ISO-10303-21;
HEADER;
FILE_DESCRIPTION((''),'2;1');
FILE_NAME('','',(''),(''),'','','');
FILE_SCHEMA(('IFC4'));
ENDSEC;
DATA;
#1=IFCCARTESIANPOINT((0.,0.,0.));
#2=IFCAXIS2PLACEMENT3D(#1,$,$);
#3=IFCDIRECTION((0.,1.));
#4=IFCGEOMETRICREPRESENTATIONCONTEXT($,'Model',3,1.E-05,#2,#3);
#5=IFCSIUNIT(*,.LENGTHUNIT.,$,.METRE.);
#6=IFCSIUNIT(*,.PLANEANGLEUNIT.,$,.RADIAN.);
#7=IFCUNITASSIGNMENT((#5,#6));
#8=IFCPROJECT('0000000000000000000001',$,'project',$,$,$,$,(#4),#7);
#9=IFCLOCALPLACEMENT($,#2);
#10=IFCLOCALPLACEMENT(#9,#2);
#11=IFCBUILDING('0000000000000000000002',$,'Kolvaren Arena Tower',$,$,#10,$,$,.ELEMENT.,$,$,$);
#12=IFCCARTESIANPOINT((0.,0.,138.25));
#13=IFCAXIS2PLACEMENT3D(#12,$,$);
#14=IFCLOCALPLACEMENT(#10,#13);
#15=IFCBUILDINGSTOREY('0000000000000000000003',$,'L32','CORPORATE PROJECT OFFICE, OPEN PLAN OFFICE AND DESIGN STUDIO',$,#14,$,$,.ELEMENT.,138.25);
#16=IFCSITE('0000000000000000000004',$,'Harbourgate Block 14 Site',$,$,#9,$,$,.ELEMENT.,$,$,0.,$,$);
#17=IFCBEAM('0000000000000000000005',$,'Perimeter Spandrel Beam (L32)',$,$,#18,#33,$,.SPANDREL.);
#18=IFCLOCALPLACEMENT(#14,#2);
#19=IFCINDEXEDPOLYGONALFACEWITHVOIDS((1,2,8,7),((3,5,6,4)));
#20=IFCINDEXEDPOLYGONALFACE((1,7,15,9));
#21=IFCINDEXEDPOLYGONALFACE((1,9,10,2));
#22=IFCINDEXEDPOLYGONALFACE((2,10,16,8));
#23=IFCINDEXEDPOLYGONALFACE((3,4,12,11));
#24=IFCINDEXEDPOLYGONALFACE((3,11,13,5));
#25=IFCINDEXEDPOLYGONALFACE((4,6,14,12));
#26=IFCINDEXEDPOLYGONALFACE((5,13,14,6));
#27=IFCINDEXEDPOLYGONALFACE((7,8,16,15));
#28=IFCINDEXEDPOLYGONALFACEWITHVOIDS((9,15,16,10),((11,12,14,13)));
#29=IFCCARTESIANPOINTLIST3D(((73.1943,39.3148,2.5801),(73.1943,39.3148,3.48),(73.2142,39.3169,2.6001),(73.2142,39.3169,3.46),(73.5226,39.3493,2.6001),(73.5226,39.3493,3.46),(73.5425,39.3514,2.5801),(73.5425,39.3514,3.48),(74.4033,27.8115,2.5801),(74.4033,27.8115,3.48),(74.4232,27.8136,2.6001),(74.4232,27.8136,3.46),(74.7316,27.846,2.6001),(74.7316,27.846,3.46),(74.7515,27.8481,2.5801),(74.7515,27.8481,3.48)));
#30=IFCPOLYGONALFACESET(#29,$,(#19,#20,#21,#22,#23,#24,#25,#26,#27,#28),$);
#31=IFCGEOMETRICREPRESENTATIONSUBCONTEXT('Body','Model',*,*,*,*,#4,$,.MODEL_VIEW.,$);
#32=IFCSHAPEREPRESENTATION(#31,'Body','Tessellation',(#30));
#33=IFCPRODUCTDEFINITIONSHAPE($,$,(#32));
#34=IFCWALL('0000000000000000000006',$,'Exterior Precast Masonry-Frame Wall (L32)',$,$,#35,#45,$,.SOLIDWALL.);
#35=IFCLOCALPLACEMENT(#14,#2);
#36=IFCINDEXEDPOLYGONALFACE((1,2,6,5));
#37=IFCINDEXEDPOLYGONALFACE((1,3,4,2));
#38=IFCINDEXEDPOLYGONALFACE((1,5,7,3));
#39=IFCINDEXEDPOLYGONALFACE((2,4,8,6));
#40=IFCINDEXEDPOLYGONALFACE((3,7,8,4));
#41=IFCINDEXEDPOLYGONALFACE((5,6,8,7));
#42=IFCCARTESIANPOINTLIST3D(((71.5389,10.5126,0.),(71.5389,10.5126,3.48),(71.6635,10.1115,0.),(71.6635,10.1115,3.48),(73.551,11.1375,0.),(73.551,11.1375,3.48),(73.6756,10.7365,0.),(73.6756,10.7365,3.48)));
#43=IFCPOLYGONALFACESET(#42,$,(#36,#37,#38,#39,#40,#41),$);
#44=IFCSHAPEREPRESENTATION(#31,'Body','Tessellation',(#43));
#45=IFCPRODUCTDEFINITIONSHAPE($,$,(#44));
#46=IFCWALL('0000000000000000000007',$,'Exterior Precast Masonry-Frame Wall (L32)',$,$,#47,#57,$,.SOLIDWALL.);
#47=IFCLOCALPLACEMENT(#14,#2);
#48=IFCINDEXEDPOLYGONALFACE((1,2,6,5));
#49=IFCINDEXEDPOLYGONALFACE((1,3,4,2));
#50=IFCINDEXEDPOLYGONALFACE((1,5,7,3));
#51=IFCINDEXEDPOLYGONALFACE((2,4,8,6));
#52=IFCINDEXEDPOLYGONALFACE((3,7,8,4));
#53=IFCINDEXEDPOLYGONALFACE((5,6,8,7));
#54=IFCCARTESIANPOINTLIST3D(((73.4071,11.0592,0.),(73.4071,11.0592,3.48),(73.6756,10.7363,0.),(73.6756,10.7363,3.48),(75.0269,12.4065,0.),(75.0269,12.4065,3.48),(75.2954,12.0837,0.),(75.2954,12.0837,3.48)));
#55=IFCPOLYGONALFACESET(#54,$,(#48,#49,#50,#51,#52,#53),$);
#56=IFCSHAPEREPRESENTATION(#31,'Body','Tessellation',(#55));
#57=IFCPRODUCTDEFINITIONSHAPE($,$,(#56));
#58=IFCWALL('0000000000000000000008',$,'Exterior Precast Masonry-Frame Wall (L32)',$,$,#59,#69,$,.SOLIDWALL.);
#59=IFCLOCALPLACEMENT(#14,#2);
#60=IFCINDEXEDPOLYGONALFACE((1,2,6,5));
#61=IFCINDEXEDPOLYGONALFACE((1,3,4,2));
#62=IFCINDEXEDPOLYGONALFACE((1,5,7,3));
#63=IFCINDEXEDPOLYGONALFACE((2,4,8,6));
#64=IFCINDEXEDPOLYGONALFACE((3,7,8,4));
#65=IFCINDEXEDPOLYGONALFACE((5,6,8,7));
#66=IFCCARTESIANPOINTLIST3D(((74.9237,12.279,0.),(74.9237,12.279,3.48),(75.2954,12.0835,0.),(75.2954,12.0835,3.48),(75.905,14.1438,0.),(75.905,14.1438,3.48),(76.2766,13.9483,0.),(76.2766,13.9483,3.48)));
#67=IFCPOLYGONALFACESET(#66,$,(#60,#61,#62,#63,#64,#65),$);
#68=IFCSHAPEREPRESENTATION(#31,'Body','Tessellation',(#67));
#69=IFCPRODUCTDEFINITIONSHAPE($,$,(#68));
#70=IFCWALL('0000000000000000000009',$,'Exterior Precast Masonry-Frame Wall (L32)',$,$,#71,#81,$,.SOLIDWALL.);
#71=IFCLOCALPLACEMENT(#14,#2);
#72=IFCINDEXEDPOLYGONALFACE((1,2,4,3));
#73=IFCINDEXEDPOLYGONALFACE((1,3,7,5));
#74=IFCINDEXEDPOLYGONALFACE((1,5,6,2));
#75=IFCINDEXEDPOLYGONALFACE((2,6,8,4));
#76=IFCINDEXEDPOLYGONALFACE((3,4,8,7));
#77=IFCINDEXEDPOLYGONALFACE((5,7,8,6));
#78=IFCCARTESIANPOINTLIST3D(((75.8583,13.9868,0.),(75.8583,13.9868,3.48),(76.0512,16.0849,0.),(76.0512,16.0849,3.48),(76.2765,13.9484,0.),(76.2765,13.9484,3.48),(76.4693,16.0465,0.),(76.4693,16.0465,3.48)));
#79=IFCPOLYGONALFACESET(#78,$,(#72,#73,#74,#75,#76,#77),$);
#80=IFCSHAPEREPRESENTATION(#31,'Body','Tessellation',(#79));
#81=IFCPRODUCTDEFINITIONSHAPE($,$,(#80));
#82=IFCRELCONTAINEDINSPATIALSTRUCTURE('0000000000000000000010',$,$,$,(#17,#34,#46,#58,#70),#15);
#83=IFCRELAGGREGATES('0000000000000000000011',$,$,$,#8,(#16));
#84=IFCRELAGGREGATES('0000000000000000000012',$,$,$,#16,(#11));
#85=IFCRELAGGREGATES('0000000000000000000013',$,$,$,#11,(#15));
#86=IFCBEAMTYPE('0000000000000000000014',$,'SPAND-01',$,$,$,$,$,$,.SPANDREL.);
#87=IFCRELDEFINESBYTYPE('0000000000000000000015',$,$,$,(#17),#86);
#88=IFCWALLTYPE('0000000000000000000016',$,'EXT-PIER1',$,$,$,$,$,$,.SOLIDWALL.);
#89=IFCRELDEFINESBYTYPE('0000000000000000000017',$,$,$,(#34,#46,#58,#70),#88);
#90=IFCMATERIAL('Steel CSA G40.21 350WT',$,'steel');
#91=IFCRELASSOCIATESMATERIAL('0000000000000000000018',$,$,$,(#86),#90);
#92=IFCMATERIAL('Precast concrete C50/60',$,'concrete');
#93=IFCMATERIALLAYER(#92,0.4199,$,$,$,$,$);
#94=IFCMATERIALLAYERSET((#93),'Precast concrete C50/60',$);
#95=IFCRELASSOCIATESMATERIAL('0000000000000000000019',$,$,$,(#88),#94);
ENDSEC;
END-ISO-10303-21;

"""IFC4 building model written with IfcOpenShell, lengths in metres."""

from ifc_helpers import new_model, si_unit, direction, frame, frame_2d, origin, origin_2d, place, context, subcontext, project, spatial, rectangle, hollow_rectangle, extrude, material, layer, layer_set, material_profile, profile_set, type_object, element, save


model = new_model("IFC4")

# Units and contexts
model_context = context("Model", 3, precision=1e-05, world=origin(), true_north=direction((0.0, 1.0)))
body_context = subcontext(model_context, "Body", "Model", "MODEL_VIEW")
ifc_project = project(units=[si_unit("LENGTHUNIT", "METRE"), si_unit("PLANEANGLEUNIT", "RADIAN")], contexts=[model_context])

# Site, building, storey
site_placement = place(None, origin())
site = spatial("IfcSite", under=ifc_project, at=site_placement, Name="Harbourgate Block 14 Site", CompositionType="ELEMENT", RefElevation=0.0)
building_placement = place(site_placement, origin())
building = spatial("IfcBuilding", under=site, at=building_placement, Name="Kolvaren Arena Tower", CompositionType="ELEMENT")
storey_placement = place(building_placement, frame((0.0, 0.0, 138.25)))
storey = spatial("IfcBuildingStorey", under=building, at=storey_placement, Name="L32", Description="CORPORATE PROJECT OFFICE, OPEN PLAN OFFICE AND DESIGN STUDIO", CompositionType="ELEMENT", Elevation=138.25)

# Beam
ifc_material_1 = material(Name="Steel CSA G40.21 350WT", Category="steel")
ifc_material_profile_1 = material_profile(ifc_material_1, hollow_rectangle(XDim=0.3501, YDim=0.8999, WallThickness=0.02, at=origin_2d()), Name="HSS 900x350x20")
ifc_profile_set_1 = profile_set([ifc_material_profile_1], Name="Steel CSA G40.21 350WT")
beam_type_1 = type_object("IfcBeamType", Name="SPAND-01", PredefinedType="SPANDREL", material=ifc_profile_set_1)
beam_1_placement = place(storey_placement, frame((74.5774, 27.8298, 3.03), z_axis=(-0.104524, 0.994522, 0.0), x_axis=(-0.994522, -0.104524, 0.0)))
element("IfcBeam", 1, at=beam_1_placement, inside=storey, type_object=beam_type_1, Name="Perimeter Spandrel Beam (L32)", PredefinedType="SPANDREL", context=body_context, shape_type="SweptSolid", body=[
    extrude(hollow_rectangle(XDim=0.3501, YDim=0.8999, WallThickness=0.02, at=origin_2d()), origin(), (0.0, 0.0, 1.0), 11.5667),
])

# Walls
ifc_material_2 = material(Name="Precast concrete C50/60", Category="concrete")
ifc_layer_1 = layer(ifc_material_2, 0.4199)
ifc_layer_set_1 = layer_set([ifc_layer_1], Name="Precast concrete C50/60")
wall_type_1 = type_object("IfcWallType", Name="EXT-PIER1", PredefinedType="SOLIDWALL", material=ifc_layer_set_1)
for number, where, z_axis, x_axis, name in (
    (2, (73.6133, 10.937, 0.0), (0.0, 0.0, 1.0), (-0.954994, -0.296625, 0.0), "Exterior Precast Masonry-Frame Wall (L32)"),
    (3, (75.1611, 12.2451, 0.0), (0.0, 0.0, 1.0), (-0.7688, -0.639489, 0.0), "Exterior Precast Masonry-Frame Wall (L32)"),
):
    element("IfcWall", number, at=place(storey_placement, frame(where, z_axis=z_axis, x_axis=x_axis)), inside=storey, type_object=wall_type_1, Name=name, PredefinedType="SOLIDWALL", context=body_context, shape_type="SweptSolid", body=[
        extrude(rectangle(XDim=2.1069, YDim=0.4199, at=frame_2d((1.0535, 0.0))), origin(), (0.0, 0.0, 1.0), 3.48),
    ])
wall_1_placement = place(storey_placement, frame((76.0908, 14.0461, 0.0), z_axis=(0.0, 0.0, 1.0), x_axis=(-0.465656, -0.884966, 0.0)))
element("IfcWall", 4, at=wall_1_placement, inside=storey, type_object=wall_type_1, Name="Exterior Precast Masonry-Frame Wall (L32)", PredefinedType="SOLIDWALL", context=body_context, shape_type="SweptSolid", body=[
    extrude(rectangle(XDim=2.1072, YDim=0.4199, at=frame_2d((1.0537, 0.0))), origin(), (0.0, 0.0, 1.0), 3.48),
])
wall_2_placement = place(storey_placement, frame((76.2603, 16.0657, 0.0), z_axis=(0.0, 0.0, 1.0), x_axis=(-0.091539, -0.995802, 0.0)))
element("IfcWall", 5, at=wall_2_placement, inside=storey, type_object=wall_type_1, Name="Exterior Precast Masonry-Frame Wall (L32)", PredefinedType="SOLIDWALL", context=body_context, shape_type="SweptSolid", body=[
    extrude(rectangle(XDim=2.1069, YDim=0.4199, at=frame_2d((1.0535, 0.0))), origin(), (0.0, 0.0, 1.0), 3.48),
])

save(model, "model.ifc")
